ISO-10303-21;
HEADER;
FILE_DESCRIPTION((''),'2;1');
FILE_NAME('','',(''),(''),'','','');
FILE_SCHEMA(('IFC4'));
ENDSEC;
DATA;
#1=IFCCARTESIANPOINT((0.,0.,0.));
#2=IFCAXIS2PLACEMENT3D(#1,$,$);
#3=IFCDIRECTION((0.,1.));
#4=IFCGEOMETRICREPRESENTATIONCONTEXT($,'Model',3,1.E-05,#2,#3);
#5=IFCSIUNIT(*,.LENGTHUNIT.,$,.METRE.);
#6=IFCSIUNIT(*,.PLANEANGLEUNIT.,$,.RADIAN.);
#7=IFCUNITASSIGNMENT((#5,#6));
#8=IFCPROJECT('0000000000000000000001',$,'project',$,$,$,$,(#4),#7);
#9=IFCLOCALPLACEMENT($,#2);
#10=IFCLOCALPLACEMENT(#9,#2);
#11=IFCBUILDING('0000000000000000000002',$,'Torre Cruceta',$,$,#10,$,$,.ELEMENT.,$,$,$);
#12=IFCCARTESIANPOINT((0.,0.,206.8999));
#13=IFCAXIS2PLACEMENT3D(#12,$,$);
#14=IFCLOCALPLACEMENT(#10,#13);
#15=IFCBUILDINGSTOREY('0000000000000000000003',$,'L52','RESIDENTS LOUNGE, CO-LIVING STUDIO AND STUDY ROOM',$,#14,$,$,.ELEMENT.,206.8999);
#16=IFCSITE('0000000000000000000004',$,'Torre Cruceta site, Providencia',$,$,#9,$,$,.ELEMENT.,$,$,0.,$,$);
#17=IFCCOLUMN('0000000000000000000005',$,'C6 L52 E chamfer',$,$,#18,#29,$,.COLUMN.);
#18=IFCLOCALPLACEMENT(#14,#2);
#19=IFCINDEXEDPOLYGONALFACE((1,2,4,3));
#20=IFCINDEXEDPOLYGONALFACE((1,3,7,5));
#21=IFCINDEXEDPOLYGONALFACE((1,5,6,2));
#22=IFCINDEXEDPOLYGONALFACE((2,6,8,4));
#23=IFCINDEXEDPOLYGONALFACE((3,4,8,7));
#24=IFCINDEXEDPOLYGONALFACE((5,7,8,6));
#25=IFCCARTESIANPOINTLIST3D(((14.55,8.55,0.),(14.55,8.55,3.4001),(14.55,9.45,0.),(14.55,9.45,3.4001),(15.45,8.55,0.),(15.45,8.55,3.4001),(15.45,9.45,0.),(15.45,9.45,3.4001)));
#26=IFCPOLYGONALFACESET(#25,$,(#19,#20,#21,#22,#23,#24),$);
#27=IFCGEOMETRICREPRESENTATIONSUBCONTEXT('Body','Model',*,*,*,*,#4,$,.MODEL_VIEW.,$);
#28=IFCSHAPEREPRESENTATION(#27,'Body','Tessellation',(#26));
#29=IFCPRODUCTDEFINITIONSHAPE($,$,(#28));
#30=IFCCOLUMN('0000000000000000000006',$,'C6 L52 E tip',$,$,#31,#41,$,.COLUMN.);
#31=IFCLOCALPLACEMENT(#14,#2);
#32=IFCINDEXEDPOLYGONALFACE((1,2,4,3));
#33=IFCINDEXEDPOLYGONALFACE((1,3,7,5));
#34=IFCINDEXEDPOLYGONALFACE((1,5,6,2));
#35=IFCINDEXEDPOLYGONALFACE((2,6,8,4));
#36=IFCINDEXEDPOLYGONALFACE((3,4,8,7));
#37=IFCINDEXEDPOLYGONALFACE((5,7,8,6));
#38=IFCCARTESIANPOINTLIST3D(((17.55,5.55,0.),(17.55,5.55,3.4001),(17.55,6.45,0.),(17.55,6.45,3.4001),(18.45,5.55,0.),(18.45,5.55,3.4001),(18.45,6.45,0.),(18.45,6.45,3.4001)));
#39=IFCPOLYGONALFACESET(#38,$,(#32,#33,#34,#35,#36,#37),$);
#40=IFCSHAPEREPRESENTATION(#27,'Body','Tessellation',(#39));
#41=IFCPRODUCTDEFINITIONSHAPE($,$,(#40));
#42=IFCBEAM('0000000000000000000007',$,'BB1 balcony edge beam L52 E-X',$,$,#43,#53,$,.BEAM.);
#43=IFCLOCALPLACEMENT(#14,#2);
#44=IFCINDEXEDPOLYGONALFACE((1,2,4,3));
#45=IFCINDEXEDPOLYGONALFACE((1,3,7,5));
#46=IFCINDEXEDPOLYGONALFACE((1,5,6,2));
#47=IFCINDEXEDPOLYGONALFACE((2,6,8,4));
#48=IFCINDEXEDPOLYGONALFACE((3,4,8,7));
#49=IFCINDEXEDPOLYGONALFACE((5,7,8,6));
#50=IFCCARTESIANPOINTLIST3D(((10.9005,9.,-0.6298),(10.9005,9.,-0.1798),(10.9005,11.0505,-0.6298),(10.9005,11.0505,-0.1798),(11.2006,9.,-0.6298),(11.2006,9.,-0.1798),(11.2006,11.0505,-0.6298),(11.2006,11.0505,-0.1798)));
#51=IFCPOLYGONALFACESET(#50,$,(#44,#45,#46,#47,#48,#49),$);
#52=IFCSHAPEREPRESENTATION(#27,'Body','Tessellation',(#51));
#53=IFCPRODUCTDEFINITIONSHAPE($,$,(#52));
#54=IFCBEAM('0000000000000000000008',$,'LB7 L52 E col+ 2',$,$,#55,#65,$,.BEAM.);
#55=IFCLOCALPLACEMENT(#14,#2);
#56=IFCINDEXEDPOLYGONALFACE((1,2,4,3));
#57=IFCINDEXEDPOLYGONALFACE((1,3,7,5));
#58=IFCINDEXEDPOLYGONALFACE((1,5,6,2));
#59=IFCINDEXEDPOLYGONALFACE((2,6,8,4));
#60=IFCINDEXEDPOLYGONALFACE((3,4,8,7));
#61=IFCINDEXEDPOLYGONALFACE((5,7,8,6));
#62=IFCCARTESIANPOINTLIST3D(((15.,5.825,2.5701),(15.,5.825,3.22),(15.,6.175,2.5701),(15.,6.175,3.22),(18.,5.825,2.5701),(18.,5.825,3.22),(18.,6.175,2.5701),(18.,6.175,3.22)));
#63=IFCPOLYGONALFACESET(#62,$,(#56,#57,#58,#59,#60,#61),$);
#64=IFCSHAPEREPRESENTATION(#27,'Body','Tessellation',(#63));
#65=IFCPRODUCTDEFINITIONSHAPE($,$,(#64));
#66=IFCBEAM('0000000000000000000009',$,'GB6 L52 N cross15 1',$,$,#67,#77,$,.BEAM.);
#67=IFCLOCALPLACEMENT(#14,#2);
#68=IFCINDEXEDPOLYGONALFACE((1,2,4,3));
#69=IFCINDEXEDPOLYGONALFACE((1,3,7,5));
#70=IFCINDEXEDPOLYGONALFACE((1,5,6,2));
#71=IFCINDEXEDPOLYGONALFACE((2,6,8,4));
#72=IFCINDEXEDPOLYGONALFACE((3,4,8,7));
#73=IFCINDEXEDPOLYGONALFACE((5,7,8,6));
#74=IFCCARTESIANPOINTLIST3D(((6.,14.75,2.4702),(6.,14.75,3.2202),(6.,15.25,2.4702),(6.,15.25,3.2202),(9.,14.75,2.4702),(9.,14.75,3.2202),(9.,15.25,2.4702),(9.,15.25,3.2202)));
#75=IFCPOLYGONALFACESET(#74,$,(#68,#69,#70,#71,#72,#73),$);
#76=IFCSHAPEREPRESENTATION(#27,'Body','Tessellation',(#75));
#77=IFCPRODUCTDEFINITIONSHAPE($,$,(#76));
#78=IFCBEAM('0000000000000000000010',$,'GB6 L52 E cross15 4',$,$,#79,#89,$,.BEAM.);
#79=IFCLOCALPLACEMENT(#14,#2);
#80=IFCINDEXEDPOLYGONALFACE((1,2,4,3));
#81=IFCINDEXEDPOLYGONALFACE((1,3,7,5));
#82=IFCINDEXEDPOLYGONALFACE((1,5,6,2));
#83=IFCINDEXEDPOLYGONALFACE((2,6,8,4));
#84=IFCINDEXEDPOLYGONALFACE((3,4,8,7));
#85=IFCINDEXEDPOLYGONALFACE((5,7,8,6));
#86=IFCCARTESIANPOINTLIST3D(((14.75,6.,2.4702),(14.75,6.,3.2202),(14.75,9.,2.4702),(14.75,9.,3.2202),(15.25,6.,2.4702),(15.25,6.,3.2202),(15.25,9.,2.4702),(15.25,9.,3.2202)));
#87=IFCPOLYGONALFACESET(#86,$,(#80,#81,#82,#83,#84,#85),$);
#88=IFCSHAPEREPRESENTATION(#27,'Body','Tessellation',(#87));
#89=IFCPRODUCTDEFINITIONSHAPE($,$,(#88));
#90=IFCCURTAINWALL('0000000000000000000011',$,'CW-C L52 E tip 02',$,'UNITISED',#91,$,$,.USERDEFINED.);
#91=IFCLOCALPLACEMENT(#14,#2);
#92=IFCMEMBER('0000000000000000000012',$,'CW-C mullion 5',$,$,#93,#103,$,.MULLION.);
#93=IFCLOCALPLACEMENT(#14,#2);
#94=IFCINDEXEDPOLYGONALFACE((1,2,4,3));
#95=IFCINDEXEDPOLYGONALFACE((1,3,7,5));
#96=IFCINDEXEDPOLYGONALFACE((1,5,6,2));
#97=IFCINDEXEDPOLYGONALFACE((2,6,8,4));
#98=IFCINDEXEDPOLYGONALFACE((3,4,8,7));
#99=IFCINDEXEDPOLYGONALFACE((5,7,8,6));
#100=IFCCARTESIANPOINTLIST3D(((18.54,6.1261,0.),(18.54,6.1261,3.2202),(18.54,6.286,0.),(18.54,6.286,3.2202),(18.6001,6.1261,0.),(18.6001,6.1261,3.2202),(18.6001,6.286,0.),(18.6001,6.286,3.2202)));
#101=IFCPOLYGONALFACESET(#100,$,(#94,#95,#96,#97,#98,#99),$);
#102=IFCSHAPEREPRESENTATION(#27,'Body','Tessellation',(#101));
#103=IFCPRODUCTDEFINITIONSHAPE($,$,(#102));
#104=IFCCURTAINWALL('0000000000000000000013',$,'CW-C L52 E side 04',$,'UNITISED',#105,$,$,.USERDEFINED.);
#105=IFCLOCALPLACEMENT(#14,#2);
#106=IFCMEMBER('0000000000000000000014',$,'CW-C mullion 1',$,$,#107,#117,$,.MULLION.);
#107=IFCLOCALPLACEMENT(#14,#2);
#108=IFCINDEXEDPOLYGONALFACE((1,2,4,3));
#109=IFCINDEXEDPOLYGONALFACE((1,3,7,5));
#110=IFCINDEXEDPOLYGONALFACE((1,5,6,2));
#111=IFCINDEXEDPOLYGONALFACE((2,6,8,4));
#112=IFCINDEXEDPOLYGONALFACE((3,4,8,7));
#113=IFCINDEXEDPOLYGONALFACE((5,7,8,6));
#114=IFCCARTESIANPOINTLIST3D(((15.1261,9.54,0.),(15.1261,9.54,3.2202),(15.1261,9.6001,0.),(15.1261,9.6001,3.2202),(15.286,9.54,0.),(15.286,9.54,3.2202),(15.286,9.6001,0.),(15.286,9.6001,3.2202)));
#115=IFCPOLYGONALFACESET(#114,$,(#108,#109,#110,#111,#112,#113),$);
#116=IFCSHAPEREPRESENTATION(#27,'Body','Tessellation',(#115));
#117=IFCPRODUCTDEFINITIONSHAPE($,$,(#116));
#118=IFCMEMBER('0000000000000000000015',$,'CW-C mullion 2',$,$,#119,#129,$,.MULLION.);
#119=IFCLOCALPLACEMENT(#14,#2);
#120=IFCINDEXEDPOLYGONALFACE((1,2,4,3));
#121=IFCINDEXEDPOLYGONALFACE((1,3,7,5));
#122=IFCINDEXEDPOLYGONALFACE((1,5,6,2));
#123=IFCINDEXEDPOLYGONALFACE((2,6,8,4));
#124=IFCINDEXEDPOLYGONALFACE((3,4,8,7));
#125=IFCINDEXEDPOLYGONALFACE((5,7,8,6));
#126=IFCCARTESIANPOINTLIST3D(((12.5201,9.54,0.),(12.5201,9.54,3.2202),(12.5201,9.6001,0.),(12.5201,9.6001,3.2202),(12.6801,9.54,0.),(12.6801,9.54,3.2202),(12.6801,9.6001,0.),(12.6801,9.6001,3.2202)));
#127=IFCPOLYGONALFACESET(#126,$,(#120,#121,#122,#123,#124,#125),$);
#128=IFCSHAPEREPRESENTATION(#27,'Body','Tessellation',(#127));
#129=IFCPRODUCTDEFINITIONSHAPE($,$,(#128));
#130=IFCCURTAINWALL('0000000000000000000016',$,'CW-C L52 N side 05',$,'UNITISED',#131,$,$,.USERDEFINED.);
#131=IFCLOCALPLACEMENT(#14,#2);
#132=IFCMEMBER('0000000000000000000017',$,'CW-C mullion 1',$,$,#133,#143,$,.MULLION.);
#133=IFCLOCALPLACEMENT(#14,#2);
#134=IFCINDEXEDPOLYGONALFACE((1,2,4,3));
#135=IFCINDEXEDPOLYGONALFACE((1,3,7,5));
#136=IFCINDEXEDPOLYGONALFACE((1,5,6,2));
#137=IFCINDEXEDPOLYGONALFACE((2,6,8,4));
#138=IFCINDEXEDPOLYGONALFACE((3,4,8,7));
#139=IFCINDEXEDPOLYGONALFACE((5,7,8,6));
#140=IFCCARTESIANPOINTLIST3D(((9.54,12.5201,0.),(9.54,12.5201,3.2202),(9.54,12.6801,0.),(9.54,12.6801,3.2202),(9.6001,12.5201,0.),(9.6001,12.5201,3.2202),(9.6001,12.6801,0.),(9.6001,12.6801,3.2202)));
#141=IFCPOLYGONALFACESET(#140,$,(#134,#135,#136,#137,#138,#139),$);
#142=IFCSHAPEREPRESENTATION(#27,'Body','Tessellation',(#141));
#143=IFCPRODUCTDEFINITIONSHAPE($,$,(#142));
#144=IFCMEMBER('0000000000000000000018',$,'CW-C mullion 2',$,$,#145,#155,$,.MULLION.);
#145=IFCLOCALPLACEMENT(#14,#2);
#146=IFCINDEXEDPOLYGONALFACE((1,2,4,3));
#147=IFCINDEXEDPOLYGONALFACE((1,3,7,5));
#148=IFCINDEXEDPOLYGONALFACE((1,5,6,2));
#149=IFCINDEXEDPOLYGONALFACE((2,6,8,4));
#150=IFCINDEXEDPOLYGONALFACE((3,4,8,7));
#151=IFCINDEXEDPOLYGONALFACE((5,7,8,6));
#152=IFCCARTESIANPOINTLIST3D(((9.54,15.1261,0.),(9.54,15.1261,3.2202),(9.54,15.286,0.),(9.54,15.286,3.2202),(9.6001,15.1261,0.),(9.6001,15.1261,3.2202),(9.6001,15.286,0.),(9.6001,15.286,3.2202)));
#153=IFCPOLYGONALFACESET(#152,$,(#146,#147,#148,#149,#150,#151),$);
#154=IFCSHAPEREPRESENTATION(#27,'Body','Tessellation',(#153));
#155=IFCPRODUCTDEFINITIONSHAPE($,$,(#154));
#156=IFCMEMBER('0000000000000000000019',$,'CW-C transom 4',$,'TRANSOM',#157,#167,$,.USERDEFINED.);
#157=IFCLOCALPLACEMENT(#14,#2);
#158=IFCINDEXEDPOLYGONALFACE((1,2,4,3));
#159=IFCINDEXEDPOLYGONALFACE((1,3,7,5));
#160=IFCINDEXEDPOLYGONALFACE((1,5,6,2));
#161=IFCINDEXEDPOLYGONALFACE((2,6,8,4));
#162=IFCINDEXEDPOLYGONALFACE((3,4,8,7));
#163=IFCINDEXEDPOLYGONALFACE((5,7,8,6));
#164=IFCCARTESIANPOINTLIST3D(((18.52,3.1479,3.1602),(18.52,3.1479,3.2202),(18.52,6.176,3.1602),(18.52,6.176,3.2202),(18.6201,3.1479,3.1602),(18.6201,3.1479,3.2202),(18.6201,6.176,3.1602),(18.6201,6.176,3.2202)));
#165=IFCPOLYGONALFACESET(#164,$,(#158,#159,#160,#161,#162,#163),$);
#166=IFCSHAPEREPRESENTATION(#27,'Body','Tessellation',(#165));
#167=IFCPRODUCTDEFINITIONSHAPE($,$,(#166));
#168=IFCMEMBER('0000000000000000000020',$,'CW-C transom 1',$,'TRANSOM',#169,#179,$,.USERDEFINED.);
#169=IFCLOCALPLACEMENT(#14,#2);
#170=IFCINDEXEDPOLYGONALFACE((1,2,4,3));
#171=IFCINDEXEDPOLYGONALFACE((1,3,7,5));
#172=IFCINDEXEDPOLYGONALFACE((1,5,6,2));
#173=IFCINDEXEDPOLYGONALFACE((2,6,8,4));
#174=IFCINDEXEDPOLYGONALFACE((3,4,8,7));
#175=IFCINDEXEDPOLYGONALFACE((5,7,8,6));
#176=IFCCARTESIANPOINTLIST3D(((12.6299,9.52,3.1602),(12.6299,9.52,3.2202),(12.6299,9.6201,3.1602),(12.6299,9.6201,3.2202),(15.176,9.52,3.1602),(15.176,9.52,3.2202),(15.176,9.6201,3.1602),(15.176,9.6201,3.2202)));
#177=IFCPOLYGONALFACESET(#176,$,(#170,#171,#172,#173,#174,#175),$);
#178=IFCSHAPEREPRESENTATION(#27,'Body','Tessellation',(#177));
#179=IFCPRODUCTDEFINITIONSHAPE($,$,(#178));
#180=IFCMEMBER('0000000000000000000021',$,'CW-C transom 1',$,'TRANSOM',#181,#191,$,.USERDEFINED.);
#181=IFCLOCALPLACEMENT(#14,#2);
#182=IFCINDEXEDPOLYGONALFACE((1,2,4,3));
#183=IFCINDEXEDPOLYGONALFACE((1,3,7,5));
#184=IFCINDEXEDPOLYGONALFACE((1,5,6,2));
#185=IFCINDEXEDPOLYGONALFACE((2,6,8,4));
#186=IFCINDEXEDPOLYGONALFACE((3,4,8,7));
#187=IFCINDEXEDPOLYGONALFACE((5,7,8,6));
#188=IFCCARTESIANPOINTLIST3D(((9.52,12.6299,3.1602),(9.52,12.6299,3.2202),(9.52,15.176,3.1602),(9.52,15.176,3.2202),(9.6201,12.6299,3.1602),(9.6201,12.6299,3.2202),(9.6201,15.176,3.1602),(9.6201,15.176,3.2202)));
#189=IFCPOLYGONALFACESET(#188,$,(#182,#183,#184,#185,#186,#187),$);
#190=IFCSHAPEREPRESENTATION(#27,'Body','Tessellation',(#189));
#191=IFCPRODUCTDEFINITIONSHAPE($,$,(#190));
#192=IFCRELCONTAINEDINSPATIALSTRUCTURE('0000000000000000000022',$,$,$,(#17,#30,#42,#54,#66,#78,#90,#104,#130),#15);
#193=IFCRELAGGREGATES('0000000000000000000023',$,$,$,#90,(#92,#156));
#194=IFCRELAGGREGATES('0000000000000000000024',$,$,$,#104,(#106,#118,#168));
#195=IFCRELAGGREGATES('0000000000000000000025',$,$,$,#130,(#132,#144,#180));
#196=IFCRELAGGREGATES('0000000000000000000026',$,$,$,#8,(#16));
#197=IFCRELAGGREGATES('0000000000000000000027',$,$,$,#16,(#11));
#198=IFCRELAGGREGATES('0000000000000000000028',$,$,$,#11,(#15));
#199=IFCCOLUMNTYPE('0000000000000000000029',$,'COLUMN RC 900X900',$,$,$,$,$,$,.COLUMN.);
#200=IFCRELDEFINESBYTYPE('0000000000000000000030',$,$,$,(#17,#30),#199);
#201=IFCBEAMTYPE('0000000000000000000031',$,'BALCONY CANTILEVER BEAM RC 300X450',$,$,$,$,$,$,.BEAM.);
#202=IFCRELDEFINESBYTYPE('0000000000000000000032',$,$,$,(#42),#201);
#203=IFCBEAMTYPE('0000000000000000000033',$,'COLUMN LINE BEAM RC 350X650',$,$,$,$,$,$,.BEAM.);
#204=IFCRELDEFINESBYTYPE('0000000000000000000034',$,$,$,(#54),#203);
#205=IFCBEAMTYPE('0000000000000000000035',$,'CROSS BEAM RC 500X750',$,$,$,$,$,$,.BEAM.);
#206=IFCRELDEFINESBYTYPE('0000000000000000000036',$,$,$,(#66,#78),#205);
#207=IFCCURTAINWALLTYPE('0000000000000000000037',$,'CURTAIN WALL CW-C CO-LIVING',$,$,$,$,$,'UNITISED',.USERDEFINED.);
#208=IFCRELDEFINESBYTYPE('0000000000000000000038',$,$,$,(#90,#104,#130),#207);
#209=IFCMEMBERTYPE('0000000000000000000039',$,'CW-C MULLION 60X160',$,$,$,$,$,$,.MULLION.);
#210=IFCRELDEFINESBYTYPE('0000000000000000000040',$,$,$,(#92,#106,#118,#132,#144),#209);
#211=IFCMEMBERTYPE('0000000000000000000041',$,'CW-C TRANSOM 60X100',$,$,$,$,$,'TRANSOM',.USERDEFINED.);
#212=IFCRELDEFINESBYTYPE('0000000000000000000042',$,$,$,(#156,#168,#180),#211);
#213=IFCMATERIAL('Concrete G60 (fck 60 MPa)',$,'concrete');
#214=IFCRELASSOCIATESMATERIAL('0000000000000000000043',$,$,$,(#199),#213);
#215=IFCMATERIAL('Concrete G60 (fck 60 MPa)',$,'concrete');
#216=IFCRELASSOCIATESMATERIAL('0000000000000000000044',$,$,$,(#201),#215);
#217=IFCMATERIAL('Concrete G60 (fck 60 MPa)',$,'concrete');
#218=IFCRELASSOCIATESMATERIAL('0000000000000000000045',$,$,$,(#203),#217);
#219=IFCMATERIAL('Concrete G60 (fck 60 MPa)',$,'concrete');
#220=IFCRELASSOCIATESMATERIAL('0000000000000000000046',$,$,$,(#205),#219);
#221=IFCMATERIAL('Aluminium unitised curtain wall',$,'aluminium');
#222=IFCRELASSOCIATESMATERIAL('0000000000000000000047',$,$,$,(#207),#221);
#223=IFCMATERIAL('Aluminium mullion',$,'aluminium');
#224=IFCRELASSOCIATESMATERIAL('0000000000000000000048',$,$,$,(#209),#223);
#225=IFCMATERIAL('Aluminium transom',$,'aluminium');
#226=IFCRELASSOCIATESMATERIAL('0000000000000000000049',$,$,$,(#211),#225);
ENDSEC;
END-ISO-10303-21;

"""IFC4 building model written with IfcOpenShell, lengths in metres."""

from ifc_helpers import new_model, si_unit, direction, frame, origin, origin_2d, place, context, subcontext, project, spatial, rectangle, extrude, material, material_profile, profile_set, type_object, element, aggregate, save


model = new_model("IFC4")

# Units and contexts
model_context = context("Model", 3, precision=1e-05, world=origin(), true_north=direction((0.0, 1.0)))
body_context = subcontext(model_context, "Body", "Model", "MODEL_VIEW")
ifc_project = project(units=[si_unit("LENGTHUNIT", "METRE"), si_unit("PLANEANGLEUNIT", "RADIAN")], contexts=[model_context])

# Site, building, storey
site_placement = place(None, origin())
site = spatial("IfcSite", under=ifc_project, at=site_placement, Name="Torre Cruceta site, Providencia", CompositionType="ELEMENT", RefElevation=0.0)
building_placement = place(site_placement, origin())
building = spatial("IfcBuilding", under=site, at=building_placement, Name="Torre Cruceta", CompositionType="ELEMENT")
storey_placement = place(building_placement, frame((0.0, 0.0, 206.8999)))
storey = spatial("IfcBuildingStorey", under=building, at=storey_placement, Name="L52", Description="RESIDENTS LOUNGE, CO-LIVING STUDIO AND STUDY ROOM", CompositionType="ELEMENT", Elevation=206.8999)

# Columns
ifc_material_1 = material(Name="Concrete G60 (fck 60 MPa)", Category="concrete")
ifc_material_profile_1 = material_profile(ifc_material_1, rectangle(XDim=0.8999, YDim=0.8999, at=origin_2d()), Name="RC 900X900")
ifc_profile_set_1 = profile_set([ifc_material_profile_1], Name="Concrete G60 (fck 60 MPa)")
column_type = type_object("IfcColumnType", Name="COLUMN RC 900X900", PredefinedType="COLUMN", material=ifc_profile_set_1)
for number, where, z_axis, x_axis, name in (
    (1, (15.0, 9.0, 0.0), (0.0, 0.0, 1.0), (1.0, 0.0, 0.0), "C6 L52 E chamfer"),
    (2, (18.0, 6.0, 0.0), (0.0, 0.0, 1.0), (1.0, 0.0, 0.0), "C6 L52 E tip"),
):
    element("IfcColumn", number, at=place(storey_placement, frame(where, z_axis=z_axis, x_axis=x_axis)), inside=storey, type_object=column_type, Name=name, PredefinedType="COLUMN", context=body_context, shape_type="SweptSolid", body=[
        extrude(rectangle(XDim=0.8999, YDim=0.8999, at=origin_2d()), origin(), (0.0, 0.0, 1.0), 3.4001),
    ])

# Beams
ifc_material_2 = material(Name="Concrete G60 (fck 60 MPa)", Category="concrete")
ifc_material_profile_2 = material_profile(ifc_material_2, rectangle(XDim=0.3, YDim=0.45, at=origin_2d()), Name="RC 300X450")
ifc_profile_set_2 = profile_set([ifc_material_profile_2], Name="Concrete G60 (fck 60 MPa)")
beam_type_1 = type_object("IfcBeamType", Name="BALCONY CANTILEVER BEAM RC 300X450", PredefinedType="BEAM", material=ifc_profile_set_2)
beam_1_placement = place(storey_placement, frame((11.0505, 9.0, -0.4048), z_axis=(0.0, 1.0, 0.0), x_axis=(-1.0, 0.0, 0.0)))
element("IfcBeam", 3, at=beam_1_placement, inside=storey, type_object=beam_type_1, Name="BB1 balcony edge beam L52 E-X", PredefinedType="BEAM", context=body_context, shape_type="SweptSolid", body=[
    extrude(rectangle(XDim=0.3, YDim=0.45, at=origin_2d()), origin(), (0.0, 0.0, 1.0), 2.0505),
])
ifc_material_3 = material(Name="Concrete G60 (fck 60 MPa)", Category="concrete")
ifc_material_profile_3 = material_profile(ifc_material_3, rectangle(XDim=0.3501, YDim=0.6499, at=origin_2d()), Name="RC 350X650")
ifc_profile_set_3 = profile_set([ifc_material_profile_3], Name="Concrete G60 (fck 60 MPa)")
beam_type_2 = type_object("IfcBeamType", Name="COLUMN LINE BEAM RC 350X650", PredefinedType="BEAM", material=ifc_profile_set_3)
beam_2_placement = place(storey_placement, frame((15.0, 6.0, 2.895), z_axis=(1.0, 0.0, 0.0), x_axis=(0.0, 1.0, 0.0)))
element("IfcBeam", 4, at=beam_2_placement, inside=storey, type_object=beam_type_2, Name="LB7 L52 E col+ 2", PredefinedType="BEAM", context=body_context, shape_type="SweptSolid", body=[
    extrude(rectangle(XDim=0.3501, YDim=0.6499, at=origin_2d()), origin(), (0.0, 0.0, 1.0), 3.0),
])
ifc_material_4 = material(Name="Concrete G60 (fck 60 MPa)", Category="concrete")
ifc_material_profile_4 = material_profile(ifc_material_4, rectangle(XDim=0.5, YDim=0.75, at=origin_2d()), Name="RC 500X750")
ifc_profile_set_4 = profile_set([ifc_material_profile_4], Name="Concrete G60 (fck 60 MPa)")
beam_type_3 = type_object("IfcBeamType", Name="CROSS BEAM RC 500X750", PredefinedType="BEAM", material=ifc_profile_set_4)
for number, where, z_axis, x_axis, name in (
    (5, (9.0, 15.0, 2.8452), (-1.0, 0.0, 0.0), (0.0, -1.0, 0.0), "GB6 L52 N cross15 1"),
    (6, (15.0, 6.0, 2.8452), (0.0, 1.0, 0.0), (-1.0, 0.0, 0.0), "GB6 L52 E cross15 4"),
):
    element("IfcBeam", number, at=place(storey_placement, frame(where, z_axis=z_axis, x_axis=x_axis)), inside=storey, type_object=beam_type_3, Name=name, PredefinedType="BEAM", context=body_context, shape_type="SweptSolid", body=[
        extrude(rectangle(XDim=0.5, YDim=0.75, at=origin_2d()), origin(), (0.0, 0.0, 1.0), 3.0),
    ])

# Curtain wall, member
ifc_material_5 = material(Name="Aluminium unitised curtain wall", Category="aluminium")
curtain_wall_type = type_object("IfcCurtainWallType", Name="CURTAIN WALL CW-C CO-LIVING", ElementType="UNITISED", PredefinedType="USERDEFINED", material=ifc_material_5)
curtain_wall_1_placement = place(storey_placement, origin())
curtain_wall_1 = element("IfcCurtainWall", 7, at=curtain_wall_1_placement, inside=storey, type_object=curtain_wall_type, Name="CW-C L52 E tip 02", ObjectType="UNITISED", PredefinedType="USERDEFINED")
ifc_material_6 = material(Name="Aluminium mullion", Category="aluminium")
ifc_material_profile_5 = material_profile(ifc_material_6, rectangle(XDim=0.0601, YDim=0.1599, at=origin_2d()), Name="AL 60X160")
ifc_profile_set_5 = profile_set([ifc_material_profile_5], Name="Aluminium mullion")
member_type_1 = type_object("IfcMemberType", Name="CW-C MULLION 60X160", PredefinedType="MULLION", material=ifc_profile_set_5)
member_1_placement = place(storey_placement, frame((18.5701, 6.2061, 0.0), z_axis=(0.0, 0.0, 1.0), x_axis=(-1.0, 0.0, 0.0)))
member_1 = element("IfcMember", 8, at=member_1_placement, type_object=member_type_1, Name="CW-C mullion 5", PredefinedType="MULLION", context=body_context, shape_type="SweptSolid", body=[
    extrude(rectangle(XDim=0.0601, YDim=0.1599, at=origin_2d()), origin(), (0.0, 0.0, 1.0), 3.2202),
])

# Curtain walls, members
curtain_wall_2_placement = place(storey_placement, origin())
curtain_wall_2 = element("IfcCurtainWall", 9, at=curtain_wall_2_placement, inside=storey, type_object=curtain_wall_type, Name="CW-C L52 E side 04", ObjectType="UNITISED", PredefinedType="USERDEFINED")
member_2_placement = place(storey_placement, frame((15.2061, 9.5701, 0.0), z_axis=(0.0, 0.0, 1.0), x_axis=(0.0, -1.0, 0.0)))
member_2 = element("IfcMember", 10, at=member_2_placement, type_object=member_type_1, Name="CW-C mullion 1", PredefinedType="MULLION", context=body_context, shape_type="SweptSolid", body=[
    extrude(rectangle(XDim=0.0601, YDim=0.1599, at=origin_2d()), origin(), (0.0, 0.0, 1.0), 3.2202),
])
member_3_placement = place(storey_placement, frame((12.6001, 9.5701, 0.0), z_axis=(0.0, 0.0, 1.0), x_axis=(0.0, -1.0, 0.0)))
member_3 = element("IfcMember", 11, at=member_3_placement, type_object=member_type_1, Name="CW-C mullion 2", PredefinedType="MULLION", context=body_context, shape_type="SweptSolid", body=[
    extrude(rectangle(XDim=0.0601, YDim=0.1599, at=origin_2d()), origin(), (0.0, 0.0, 1.0), 3.2202),
])
curtain_wall_3_placement = place(storey_placement, origin())
curtain_wall_3 = element("IfcCurtainWall", 12, at=curtain_wall_3_placement, inside=storey, type_object=curtain_wall_type, Name="CW-C L52 N side 05", ObjectType="UNITISED", PredefinedType="USERDEFINED")
member_4_placement = place(storey_placement, frame((9.5701, 12.6001, 0.0), z_axis=(0.0, 0.0, 1.0), x_axis=(-1.0, 0.0, 0.0)))
member_4 = element("IfcMember", 13, at=member_4_placement, type_object=member_type_1, Name="CW-C mullion 1", PredefinedType="MULLION", context=body_context, shape_type="SweptSolid", body=[
    extrude(rectangle(XDim=0.0601, YDim=0.1599, at=origin_2d()), origin(), (0.0, 0.0, 1.0), 3.2202),
])
member_5_placement = place(storey_placement, frame((9.5701, 15.2061, 0.0), z_axis=(0.0, 0.0, 1.0), x_axis=(-1.0, 0.0, 0.0)))
member_5 = element("IfcMember", 14, at=member_5_placement, type_object=member_type_1, Name="CW-C mullion 2", PredefinedType="MULLION", context=body_context, shape_type="SweptSolid", body=[
    extrude(rectangle(XDim=0.0601, YDim=0.1599, at=origin_2d()), origin(), (0.0, 0.0, 1.0), 3.2202),
])

# Members
ifc_material_7 = material(Name="Aluminium transom", Category="aluminium")
ifc_material_profile_6 = material_profile(ifc_material_7, rectangle(XDim=0.1001, YDim=0.0601, at=origin_2d()), Name="AL 100X60")
ifc_profile_set_6 = profile_set([ifc_material_profile_6], Name="Aluminium transom")
member_type_2 = type_object("IfcMemberType", Name="CW-C TRANSOM 60X100", ElementType="TRANSOM", PredefinedType="USERDEFINED", material=ifc_profile_set_6)
member_6_placement = place(storey_placement, frame((18.5701, 3.1479, 3.1902), z_axis=(0.0, 1.0, 0.0), x_axis=(-1.0, 0.0, 0.0)))
member_6 = element("IfcMember", 15, at=member_6_placement, type_object=member_type_2, Name="CW-C transom 4", ObjectType="TRANSOM", PredefinedType="USERDEFINED", context=body_context, shape_type="SweptSolid", body=[
    extrude(rectangle(XDim=0.1001, YDim=0.0601, at=origin_2d()), origin(), (0.0, 0.0, 1.0), 3.0281),
])
member_7_placement = place(storey_placement, frame((15.176, 9.5701, 3.1902), z_axis=(-1.0, 0.0, 0.0), x_axis=(0.0, -1.0, 0.0)))
member_7 = element("IfcMember", 16, at=member_7_placement, type_object=member_type_2, Name="CW-C transom 1", ObjectType="TRANSOM", PredefinedType="USERDEFINED", context=body_context, shape_type="SweptSolid", body=[
    extrude(rectangle(XDim=0.1001, YDim=0.0601, at=origin_2d()), origin(), (0.0, 0.0, 1.0), 2.5461),
])
member_8_placement = place(storey_placement, frame((9.5701, 12.6299, 3.1902), z_axis=(0.0, 1.0, 0.0), x_axis=(-1.0, 0.0, 0.0)))
member_8 = element("IfcMember", 17, at=member_8_placement, type_object=member_type_2, Name="CW-C transom 1", ObjectType="TRANSOM", PredefinedType="USERDEFINED", context=body_context, shape_type="SweptSolid", body=[
    extrude(rectangle(XDim=0.1001, YDim=0.0601, at=origin_2d()), origin(), (0.0, 0.0, 1.0), 2.5461),
])

aggregate(curtain_wall_1, [member_1, member_6])
aggregate(curtain_wall_2, [member_2, member_3, member_7])
aggregate(curtain_wall_3, [member_4, member_5, member_8])

save(model, "model.ifc")
